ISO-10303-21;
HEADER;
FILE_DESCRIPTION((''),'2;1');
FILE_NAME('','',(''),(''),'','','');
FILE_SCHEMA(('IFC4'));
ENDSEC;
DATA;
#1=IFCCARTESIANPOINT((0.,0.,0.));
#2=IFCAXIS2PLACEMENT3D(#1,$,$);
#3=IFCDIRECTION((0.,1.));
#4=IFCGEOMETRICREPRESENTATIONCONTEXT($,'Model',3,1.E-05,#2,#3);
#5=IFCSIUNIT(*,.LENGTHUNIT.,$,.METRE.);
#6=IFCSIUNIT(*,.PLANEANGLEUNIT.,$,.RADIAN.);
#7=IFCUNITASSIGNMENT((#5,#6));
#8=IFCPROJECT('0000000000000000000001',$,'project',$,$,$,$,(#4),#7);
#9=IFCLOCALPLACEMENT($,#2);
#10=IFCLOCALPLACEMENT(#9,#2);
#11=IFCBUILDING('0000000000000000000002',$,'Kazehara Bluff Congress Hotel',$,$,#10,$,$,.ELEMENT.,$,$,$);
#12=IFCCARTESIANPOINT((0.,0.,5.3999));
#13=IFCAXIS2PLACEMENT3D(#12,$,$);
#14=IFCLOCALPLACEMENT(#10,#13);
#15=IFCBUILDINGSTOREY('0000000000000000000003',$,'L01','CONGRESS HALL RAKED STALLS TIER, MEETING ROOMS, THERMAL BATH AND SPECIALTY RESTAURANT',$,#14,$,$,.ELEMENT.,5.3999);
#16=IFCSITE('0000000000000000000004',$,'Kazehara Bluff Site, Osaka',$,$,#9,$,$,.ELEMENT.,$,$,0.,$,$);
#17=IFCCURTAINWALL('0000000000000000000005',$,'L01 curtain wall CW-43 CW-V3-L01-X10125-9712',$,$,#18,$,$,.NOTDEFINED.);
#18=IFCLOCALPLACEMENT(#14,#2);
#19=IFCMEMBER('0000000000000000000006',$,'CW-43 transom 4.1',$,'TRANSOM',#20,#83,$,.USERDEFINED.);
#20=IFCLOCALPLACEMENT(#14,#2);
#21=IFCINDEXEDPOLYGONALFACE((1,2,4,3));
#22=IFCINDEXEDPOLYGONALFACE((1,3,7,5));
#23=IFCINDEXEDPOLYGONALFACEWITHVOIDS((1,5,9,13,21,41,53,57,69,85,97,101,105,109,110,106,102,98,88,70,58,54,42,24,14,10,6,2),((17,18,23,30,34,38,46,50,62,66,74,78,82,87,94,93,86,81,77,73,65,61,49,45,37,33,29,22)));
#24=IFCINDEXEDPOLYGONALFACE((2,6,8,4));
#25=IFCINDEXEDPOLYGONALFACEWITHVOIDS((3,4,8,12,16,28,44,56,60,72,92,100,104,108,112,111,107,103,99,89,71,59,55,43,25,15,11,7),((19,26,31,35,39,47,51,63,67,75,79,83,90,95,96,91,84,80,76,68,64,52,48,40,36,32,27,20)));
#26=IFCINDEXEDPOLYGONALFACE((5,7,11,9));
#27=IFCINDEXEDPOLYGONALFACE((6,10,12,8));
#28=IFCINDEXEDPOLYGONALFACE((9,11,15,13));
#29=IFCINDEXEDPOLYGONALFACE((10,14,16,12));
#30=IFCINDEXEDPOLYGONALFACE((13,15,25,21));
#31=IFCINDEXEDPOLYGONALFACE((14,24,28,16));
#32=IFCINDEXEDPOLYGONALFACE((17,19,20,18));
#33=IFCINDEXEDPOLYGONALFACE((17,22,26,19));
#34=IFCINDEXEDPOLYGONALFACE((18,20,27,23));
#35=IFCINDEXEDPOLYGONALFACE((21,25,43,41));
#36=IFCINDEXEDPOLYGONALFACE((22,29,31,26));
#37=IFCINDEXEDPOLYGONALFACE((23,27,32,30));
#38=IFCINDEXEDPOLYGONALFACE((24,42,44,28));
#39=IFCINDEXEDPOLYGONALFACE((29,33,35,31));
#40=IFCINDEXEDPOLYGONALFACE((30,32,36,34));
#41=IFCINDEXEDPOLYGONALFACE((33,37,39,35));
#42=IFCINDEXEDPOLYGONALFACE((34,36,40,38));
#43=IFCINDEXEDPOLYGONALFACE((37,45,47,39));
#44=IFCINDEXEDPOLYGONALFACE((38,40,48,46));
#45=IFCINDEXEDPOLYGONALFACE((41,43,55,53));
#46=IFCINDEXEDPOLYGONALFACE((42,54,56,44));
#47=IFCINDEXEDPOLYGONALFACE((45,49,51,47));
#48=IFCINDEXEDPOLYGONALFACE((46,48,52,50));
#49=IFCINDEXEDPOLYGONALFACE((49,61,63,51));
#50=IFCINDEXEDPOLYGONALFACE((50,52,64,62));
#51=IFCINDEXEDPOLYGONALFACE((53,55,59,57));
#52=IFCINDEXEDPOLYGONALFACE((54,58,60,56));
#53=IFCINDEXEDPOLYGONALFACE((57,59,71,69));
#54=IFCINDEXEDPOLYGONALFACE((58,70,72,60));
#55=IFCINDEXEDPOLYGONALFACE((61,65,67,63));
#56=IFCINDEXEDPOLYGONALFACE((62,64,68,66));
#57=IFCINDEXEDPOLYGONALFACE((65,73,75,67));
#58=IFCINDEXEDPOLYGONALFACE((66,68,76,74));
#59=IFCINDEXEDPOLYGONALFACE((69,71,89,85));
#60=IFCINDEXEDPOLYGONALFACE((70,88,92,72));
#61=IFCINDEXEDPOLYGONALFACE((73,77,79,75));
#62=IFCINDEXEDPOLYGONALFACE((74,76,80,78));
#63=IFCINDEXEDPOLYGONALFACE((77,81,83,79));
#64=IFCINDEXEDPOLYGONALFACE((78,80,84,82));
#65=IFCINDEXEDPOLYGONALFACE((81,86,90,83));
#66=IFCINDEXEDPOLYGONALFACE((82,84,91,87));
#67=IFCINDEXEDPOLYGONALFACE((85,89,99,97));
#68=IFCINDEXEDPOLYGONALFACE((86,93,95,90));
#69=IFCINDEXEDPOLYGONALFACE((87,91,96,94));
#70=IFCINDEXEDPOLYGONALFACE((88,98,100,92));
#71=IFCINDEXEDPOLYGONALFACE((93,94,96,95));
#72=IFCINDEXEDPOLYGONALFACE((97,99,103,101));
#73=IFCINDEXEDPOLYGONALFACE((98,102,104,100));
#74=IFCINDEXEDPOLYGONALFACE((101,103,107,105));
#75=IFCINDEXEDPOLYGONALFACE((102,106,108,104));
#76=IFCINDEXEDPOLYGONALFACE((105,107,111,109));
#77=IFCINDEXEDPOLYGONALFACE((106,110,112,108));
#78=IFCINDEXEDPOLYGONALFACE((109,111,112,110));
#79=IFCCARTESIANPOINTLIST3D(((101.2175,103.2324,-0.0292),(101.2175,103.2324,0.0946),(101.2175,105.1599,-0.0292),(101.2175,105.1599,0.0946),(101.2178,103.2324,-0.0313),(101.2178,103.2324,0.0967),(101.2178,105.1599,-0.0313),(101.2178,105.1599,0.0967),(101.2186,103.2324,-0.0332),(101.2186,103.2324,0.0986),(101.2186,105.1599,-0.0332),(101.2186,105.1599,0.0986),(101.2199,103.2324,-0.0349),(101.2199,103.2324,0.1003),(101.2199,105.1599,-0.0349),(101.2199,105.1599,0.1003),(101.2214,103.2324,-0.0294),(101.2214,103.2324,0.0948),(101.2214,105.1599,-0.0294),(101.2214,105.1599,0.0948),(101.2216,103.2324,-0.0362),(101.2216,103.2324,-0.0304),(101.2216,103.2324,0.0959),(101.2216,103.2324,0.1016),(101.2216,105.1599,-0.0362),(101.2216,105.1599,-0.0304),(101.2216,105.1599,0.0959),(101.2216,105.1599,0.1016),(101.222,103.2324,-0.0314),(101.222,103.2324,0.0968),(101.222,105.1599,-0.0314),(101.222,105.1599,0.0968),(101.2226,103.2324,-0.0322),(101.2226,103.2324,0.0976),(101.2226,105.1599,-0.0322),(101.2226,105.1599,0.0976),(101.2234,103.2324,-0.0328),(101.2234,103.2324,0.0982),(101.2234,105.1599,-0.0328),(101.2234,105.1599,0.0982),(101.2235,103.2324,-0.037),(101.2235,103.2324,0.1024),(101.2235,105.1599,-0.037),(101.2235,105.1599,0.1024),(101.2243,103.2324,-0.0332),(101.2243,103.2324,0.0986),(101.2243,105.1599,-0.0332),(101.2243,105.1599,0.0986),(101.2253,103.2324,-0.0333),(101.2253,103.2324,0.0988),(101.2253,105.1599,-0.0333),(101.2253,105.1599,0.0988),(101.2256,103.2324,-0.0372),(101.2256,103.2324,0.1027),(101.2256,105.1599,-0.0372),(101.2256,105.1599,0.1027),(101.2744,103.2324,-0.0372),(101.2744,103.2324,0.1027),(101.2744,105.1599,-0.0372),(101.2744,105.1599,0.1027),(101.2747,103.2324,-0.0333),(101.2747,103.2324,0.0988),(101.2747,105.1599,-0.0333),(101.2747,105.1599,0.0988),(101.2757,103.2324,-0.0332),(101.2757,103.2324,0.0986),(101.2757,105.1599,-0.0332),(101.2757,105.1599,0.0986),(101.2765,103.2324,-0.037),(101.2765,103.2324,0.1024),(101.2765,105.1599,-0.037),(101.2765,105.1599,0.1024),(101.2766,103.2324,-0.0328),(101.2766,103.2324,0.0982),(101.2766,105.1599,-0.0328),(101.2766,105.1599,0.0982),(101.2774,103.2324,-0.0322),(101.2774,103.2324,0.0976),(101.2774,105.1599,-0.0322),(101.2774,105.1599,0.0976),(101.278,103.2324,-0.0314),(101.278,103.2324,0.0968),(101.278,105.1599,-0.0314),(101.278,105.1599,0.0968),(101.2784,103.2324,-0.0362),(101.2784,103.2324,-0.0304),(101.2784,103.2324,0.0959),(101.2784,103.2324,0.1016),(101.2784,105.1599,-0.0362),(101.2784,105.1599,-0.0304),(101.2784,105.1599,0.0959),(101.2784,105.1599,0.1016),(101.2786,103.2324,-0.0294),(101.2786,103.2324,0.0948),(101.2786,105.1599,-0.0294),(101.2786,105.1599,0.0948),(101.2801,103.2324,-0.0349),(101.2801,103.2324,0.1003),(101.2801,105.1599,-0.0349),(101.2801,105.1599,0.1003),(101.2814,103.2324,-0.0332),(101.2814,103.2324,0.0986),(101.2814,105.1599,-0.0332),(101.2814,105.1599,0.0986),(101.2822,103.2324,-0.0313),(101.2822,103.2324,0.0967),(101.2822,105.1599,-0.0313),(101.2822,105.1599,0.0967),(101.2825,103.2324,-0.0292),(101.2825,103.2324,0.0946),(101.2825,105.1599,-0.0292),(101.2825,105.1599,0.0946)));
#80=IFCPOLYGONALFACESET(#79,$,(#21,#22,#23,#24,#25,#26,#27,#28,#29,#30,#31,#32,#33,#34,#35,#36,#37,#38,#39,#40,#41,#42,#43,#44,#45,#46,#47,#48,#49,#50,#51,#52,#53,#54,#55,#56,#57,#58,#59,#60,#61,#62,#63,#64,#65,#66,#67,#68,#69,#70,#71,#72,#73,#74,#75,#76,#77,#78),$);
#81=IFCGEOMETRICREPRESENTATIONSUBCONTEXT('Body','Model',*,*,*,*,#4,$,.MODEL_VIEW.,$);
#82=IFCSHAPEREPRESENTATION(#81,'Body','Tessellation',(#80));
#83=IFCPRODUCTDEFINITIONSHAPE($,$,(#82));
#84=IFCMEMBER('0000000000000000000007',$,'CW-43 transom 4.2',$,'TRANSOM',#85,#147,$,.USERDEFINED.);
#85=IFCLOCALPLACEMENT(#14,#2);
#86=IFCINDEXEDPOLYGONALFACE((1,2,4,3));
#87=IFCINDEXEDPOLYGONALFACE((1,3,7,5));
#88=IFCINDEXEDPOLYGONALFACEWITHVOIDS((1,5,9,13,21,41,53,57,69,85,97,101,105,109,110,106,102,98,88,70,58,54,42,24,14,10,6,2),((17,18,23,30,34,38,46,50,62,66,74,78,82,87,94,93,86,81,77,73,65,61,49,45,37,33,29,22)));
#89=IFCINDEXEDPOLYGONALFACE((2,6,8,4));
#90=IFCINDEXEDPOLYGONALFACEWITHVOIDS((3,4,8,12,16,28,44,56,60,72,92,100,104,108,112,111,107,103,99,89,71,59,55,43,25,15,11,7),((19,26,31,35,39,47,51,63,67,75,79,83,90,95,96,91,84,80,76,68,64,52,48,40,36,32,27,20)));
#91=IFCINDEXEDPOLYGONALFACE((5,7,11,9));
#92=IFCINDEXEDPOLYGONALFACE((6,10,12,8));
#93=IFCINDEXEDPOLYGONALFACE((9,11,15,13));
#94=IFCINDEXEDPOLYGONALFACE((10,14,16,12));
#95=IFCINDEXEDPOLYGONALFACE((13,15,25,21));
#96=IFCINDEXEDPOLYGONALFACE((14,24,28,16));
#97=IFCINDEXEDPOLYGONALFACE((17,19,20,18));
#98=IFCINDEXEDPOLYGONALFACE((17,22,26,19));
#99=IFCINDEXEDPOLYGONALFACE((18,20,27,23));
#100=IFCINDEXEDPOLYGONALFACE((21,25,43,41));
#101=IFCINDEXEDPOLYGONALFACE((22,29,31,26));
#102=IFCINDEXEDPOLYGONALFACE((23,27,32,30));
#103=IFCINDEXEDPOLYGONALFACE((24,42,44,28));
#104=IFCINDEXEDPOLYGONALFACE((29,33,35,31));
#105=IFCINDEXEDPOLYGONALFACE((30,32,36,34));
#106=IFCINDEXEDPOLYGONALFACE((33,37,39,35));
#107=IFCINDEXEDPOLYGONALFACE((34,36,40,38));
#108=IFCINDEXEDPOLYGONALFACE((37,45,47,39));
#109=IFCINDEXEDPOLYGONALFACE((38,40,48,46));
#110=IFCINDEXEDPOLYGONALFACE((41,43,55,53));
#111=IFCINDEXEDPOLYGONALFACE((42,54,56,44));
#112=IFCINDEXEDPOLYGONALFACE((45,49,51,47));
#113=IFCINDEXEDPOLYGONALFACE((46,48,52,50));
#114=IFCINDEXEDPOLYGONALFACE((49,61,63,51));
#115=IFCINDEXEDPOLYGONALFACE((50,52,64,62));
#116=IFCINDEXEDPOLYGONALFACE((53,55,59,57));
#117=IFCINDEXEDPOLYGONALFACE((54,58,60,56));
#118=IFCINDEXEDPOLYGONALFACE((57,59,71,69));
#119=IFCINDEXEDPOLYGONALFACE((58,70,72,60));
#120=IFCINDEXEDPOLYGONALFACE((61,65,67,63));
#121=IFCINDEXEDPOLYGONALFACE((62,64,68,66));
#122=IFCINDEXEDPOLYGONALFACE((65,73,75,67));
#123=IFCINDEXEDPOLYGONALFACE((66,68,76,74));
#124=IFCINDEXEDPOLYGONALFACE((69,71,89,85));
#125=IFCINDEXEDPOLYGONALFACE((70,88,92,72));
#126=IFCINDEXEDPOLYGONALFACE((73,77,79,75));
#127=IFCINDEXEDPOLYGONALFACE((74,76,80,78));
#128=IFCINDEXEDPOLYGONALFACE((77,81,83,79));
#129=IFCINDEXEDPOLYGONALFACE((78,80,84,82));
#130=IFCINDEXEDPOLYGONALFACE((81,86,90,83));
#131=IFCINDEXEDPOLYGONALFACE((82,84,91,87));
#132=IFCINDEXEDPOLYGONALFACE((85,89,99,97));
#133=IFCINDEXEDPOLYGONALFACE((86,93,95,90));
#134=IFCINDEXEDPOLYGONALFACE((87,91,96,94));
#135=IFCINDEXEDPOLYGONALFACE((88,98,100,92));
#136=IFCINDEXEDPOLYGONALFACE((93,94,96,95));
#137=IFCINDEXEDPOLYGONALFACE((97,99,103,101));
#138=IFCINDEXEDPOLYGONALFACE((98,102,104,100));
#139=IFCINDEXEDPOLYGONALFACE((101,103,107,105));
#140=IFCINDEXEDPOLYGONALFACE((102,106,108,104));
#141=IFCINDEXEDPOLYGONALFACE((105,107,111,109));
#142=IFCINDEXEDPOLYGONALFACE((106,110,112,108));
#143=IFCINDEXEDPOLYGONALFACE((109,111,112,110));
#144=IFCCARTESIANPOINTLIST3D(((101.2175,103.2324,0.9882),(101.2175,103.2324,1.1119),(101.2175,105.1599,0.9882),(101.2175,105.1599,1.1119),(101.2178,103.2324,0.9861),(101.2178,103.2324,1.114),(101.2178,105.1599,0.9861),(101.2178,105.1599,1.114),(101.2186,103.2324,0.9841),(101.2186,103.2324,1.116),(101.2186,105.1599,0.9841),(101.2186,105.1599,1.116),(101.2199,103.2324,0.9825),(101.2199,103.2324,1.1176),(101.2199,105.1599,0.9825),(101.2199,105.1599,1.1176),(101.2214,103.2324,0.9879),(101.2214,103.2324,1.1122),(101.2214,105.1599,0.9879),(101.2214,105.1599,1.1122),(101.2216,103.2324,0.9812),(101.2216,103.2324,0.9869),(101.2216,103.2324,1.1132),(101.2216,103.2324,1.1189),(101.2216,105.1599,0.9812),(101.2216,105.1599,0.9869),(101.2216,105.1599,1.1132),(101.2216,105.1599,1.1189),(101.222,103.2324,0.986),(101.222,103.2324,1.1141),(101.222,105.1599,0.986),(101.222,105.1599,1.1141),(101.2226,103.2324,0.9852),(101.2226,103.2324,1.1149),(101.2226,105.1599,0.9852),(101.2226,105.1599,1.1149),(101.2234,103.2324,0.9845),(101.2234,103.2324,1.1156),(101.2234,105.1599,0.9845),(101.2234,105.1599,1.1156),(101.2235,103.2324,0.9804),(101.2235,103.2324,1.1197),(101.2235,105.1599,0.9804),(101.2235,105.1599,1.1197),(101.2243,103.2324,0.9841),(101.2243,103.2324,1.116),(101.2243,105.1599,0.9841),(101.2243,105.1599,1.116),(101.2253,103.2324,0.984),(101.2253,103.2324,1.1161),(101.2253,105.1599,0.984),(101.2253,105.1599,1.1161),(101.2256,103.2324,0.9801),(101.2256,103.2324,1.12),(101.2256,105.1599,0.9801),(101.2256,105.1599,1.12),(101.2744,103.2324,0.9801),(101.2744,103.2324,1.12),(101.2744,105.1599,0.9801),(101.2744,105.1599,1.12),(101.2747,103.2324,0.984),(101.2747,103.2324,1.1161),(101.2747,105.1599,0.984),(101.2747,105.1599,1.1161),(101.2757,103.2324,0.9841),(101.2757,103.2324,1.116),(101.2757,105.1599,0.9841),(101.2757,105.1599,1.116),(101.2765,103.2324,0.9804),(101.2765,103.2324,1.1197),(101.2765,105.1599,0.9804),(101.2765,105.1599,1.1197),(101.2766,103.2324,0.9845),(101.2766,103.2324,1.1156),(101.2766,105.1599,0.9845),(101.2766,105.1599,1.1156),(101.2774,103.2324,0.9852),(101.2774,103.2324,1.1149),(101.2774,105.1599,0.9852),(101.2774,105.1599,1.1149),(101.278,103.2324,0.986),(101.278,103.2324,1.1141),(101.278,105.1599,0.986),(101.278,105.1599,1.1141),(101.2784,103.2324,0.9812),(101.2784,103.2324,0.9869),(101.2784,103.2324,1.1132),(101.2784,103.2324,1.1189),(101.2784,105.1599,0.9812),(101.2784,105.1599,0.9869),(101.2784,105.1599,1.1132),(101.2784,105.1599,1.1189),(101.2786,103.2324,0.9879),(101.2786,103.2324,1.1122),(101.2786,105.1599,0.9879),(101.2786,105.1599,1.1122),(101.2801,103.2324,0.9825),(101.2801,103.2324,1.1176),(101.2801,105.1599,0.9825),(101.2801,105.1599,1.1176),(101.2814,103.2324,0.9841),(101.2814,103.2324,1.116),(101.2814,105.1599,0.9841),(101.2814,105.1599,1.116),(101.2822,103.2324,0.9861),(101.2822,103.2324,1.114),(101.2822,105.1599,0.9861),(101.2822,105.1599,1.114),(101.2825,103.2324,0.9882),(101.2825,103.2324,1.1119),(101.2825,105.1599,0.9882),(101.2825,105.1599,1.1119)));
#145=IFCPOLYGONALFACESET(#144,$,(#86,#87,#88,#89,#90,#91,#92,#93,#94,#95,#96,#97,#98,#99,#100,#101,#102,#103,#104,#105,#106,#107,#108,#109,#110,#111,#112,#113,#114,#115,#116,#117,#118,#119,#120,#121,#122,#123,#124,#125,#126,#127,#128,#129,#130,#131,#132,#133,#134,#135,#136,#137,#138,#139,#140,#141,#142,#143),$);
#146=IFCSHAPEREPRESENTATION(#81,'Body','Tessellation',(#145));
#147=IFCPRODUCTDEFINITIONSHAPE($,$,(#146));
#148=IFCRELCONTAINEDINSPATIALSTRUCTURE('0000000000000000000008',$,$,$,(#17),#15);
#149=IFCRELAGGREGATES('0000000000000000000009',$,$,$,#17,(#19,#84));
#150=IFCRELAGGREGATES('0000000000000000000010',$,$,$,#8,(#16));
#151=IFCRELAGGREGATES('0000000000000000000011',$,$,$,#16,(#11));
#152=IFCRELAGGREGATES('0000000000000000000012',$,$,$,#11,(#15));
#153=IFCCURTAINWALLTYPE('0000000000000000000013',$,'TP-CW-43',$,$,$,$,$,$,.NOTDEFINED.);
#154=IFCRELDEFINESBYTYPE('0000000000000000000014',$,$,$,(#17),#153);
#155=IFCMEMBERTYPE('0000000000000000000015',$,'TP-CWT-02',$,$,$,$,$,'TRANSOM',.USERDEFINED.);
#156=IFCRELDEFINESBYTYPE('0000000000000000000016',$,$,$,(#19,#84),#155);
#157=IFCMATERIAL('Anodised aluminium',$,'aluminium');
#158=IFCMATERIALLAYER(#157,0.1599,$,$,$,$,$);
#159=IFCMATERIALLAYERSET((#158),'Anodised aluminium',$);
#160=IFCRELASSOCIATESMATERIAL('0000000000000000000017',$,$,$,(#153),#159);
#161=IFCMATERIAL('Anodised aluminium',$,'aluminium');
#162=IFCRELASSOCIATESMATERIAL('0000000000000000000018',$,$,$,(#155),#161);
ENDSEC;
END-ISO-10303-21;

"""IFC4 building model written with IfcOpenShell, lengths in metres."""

from ifc_helpers import new_model, si_unit, direction, frame, origin, origin_2d, place, context, subcontext, project, spatial, hollow_rectangle, extrude, material, layer, layer_set, material_profile, profile_set, type_object, element, aggregate, save


model = new_model("IFC4")

# Units and contexts
model_context = context("Model", 3, precision=1e-05, world=origin(), true_north=direction((0.0, 1.0)))
body_context = subcontext(model_context, "Body", "Model", "MODEL_VIEW")
ifc_project = project(units=[si_unit("LENGTHUNIT", "METRE"), si_unit("PLANEANGLEUNIT", "RADIAN")], contexts=[model_context])

# Site, building, storey
site_placement = place(None, origin())
site = spatial("IfcSite", under=ifc_project, at=site_placement, Name="Kazehara Bluff Site, Osaka", CompositionType="ELEMENT", RefElevation=0.0)
building_placement = place(site_placement, origin())
building = spatial("IfcBuilding", under=site, at=building_placement, Name="Kazehara Bluff Congress Hotel", CompositionType="ELEMENT")
storey_placement = place(building_placement, frame((0.0, 0.0, 5.3999)))
storey = spatial("IfcBuildingStorey", under=building, at=storey_placement, Name="L01", Description="CONGRESS HALL RAKED STALLS TIER, MEETING ROOMS, THERMAL BATH AND SPECIALTY RESTAURANT", CompositionType="ELEMENT", Elevation=5.3999)

# Curtain wall
ifc_material_1 = material(Name="Anodised aluminium", Category="aluminium")
ifc_layer_1 = layer(ifc_material_1, 0.1599)
ifc_layer_set_1 = layer_set([ifc_layer_1], Name="Anodised aluminium")
curtain_wall_type_1 = type_object("IfcCurtainWallType", Name="TP-CW-43", PredefinedType="NOTDEFINED", material=ifc_layer_set_1)
curtain_wall_1_placement = place(storey_placement, origin())
curtain_wall_1 = element("IfcCurtainWall", 1, at=curtain_wall_1_placement, inside=storey, type_object=curtain_wall_type_1, Name="L01 curtain wall CW-43 CW-V3-L01-X10125-9712", PredefinedType="NOTDEFINED")

# Members
ifc_material_2 = material(Name="Anodised aluminium", Category="aluminium")
ifc_material_profile_1 = material_profile(ifc_material_2, hollow_rectangle(XDim=0.0649, YDim=0.1399, WallThickness=0.0039, InnerFilletRadius=0.0039, OuterFilletRadius=0.0081, at=origin_2d()))
ifc_profile_set_1 = profile_set([ifc_material_profile_1], Name="Anodised aluminium")
member_type_1 = type_object("IfcMemberType", Name="TP-CWT-02", ElementType="TRANSOM", PredefinedType="USERDEFINED", material=ifc_profile_set_1)
member_1_placement = place(storey_placement, frame((101.25, 103.2324, 0.0327), z_axis=(0.0, 1.0, 0.0), x_axis=(-1.0, 0.0, 0.0)))
member_1 = element("IfcMember", 2, at=member_1_placement, type_object=member_type_1, Name="CW-43 transom 4.1", ObjectType="TRANSOM", PredefinedType="USERDEFINED", context=body_context, shape_type="SweptSolid", body=[
    extrude(hollow_rectangle(XDim=0.0649, YDim=0.1399, WallThickness=0.0039, InnerFilletRadius=0.0039, OuterFilletRadius=0.0081, at=origin_2d()), origin(), (0.0, 0.0, 1.0), 1.9275),
])
member_2_placement = place(storey_placement, frame((101.25, 103.2324, 1.05), z_axis=(0.0, 1.0, 0.0), x_axis=(-1.0, 0.0, 0.0)))
member_2 = element("IfcMember", 3, at=member_2_placement, type_object=member_type_1, Name="CW-43 transom 4.2", ObjectType="TRANSOM", PredefinedType="USERDEFINED", context=body_context, shape_type="SweptSolid", body=[
    extrude(hollow_rectangle(XDim=0.0649, YDim=0.1399, WallThickness=0.0039, InnerFilletRadius=0.0039, OuterFilletRadius=0.0081, at=origin_2d()), origin(), (0.0, 0.0, 1.0), 1.9275),
])

aggregate(curtain_wall_1, [member_1, member_2])

save(model, "model.ifc")
